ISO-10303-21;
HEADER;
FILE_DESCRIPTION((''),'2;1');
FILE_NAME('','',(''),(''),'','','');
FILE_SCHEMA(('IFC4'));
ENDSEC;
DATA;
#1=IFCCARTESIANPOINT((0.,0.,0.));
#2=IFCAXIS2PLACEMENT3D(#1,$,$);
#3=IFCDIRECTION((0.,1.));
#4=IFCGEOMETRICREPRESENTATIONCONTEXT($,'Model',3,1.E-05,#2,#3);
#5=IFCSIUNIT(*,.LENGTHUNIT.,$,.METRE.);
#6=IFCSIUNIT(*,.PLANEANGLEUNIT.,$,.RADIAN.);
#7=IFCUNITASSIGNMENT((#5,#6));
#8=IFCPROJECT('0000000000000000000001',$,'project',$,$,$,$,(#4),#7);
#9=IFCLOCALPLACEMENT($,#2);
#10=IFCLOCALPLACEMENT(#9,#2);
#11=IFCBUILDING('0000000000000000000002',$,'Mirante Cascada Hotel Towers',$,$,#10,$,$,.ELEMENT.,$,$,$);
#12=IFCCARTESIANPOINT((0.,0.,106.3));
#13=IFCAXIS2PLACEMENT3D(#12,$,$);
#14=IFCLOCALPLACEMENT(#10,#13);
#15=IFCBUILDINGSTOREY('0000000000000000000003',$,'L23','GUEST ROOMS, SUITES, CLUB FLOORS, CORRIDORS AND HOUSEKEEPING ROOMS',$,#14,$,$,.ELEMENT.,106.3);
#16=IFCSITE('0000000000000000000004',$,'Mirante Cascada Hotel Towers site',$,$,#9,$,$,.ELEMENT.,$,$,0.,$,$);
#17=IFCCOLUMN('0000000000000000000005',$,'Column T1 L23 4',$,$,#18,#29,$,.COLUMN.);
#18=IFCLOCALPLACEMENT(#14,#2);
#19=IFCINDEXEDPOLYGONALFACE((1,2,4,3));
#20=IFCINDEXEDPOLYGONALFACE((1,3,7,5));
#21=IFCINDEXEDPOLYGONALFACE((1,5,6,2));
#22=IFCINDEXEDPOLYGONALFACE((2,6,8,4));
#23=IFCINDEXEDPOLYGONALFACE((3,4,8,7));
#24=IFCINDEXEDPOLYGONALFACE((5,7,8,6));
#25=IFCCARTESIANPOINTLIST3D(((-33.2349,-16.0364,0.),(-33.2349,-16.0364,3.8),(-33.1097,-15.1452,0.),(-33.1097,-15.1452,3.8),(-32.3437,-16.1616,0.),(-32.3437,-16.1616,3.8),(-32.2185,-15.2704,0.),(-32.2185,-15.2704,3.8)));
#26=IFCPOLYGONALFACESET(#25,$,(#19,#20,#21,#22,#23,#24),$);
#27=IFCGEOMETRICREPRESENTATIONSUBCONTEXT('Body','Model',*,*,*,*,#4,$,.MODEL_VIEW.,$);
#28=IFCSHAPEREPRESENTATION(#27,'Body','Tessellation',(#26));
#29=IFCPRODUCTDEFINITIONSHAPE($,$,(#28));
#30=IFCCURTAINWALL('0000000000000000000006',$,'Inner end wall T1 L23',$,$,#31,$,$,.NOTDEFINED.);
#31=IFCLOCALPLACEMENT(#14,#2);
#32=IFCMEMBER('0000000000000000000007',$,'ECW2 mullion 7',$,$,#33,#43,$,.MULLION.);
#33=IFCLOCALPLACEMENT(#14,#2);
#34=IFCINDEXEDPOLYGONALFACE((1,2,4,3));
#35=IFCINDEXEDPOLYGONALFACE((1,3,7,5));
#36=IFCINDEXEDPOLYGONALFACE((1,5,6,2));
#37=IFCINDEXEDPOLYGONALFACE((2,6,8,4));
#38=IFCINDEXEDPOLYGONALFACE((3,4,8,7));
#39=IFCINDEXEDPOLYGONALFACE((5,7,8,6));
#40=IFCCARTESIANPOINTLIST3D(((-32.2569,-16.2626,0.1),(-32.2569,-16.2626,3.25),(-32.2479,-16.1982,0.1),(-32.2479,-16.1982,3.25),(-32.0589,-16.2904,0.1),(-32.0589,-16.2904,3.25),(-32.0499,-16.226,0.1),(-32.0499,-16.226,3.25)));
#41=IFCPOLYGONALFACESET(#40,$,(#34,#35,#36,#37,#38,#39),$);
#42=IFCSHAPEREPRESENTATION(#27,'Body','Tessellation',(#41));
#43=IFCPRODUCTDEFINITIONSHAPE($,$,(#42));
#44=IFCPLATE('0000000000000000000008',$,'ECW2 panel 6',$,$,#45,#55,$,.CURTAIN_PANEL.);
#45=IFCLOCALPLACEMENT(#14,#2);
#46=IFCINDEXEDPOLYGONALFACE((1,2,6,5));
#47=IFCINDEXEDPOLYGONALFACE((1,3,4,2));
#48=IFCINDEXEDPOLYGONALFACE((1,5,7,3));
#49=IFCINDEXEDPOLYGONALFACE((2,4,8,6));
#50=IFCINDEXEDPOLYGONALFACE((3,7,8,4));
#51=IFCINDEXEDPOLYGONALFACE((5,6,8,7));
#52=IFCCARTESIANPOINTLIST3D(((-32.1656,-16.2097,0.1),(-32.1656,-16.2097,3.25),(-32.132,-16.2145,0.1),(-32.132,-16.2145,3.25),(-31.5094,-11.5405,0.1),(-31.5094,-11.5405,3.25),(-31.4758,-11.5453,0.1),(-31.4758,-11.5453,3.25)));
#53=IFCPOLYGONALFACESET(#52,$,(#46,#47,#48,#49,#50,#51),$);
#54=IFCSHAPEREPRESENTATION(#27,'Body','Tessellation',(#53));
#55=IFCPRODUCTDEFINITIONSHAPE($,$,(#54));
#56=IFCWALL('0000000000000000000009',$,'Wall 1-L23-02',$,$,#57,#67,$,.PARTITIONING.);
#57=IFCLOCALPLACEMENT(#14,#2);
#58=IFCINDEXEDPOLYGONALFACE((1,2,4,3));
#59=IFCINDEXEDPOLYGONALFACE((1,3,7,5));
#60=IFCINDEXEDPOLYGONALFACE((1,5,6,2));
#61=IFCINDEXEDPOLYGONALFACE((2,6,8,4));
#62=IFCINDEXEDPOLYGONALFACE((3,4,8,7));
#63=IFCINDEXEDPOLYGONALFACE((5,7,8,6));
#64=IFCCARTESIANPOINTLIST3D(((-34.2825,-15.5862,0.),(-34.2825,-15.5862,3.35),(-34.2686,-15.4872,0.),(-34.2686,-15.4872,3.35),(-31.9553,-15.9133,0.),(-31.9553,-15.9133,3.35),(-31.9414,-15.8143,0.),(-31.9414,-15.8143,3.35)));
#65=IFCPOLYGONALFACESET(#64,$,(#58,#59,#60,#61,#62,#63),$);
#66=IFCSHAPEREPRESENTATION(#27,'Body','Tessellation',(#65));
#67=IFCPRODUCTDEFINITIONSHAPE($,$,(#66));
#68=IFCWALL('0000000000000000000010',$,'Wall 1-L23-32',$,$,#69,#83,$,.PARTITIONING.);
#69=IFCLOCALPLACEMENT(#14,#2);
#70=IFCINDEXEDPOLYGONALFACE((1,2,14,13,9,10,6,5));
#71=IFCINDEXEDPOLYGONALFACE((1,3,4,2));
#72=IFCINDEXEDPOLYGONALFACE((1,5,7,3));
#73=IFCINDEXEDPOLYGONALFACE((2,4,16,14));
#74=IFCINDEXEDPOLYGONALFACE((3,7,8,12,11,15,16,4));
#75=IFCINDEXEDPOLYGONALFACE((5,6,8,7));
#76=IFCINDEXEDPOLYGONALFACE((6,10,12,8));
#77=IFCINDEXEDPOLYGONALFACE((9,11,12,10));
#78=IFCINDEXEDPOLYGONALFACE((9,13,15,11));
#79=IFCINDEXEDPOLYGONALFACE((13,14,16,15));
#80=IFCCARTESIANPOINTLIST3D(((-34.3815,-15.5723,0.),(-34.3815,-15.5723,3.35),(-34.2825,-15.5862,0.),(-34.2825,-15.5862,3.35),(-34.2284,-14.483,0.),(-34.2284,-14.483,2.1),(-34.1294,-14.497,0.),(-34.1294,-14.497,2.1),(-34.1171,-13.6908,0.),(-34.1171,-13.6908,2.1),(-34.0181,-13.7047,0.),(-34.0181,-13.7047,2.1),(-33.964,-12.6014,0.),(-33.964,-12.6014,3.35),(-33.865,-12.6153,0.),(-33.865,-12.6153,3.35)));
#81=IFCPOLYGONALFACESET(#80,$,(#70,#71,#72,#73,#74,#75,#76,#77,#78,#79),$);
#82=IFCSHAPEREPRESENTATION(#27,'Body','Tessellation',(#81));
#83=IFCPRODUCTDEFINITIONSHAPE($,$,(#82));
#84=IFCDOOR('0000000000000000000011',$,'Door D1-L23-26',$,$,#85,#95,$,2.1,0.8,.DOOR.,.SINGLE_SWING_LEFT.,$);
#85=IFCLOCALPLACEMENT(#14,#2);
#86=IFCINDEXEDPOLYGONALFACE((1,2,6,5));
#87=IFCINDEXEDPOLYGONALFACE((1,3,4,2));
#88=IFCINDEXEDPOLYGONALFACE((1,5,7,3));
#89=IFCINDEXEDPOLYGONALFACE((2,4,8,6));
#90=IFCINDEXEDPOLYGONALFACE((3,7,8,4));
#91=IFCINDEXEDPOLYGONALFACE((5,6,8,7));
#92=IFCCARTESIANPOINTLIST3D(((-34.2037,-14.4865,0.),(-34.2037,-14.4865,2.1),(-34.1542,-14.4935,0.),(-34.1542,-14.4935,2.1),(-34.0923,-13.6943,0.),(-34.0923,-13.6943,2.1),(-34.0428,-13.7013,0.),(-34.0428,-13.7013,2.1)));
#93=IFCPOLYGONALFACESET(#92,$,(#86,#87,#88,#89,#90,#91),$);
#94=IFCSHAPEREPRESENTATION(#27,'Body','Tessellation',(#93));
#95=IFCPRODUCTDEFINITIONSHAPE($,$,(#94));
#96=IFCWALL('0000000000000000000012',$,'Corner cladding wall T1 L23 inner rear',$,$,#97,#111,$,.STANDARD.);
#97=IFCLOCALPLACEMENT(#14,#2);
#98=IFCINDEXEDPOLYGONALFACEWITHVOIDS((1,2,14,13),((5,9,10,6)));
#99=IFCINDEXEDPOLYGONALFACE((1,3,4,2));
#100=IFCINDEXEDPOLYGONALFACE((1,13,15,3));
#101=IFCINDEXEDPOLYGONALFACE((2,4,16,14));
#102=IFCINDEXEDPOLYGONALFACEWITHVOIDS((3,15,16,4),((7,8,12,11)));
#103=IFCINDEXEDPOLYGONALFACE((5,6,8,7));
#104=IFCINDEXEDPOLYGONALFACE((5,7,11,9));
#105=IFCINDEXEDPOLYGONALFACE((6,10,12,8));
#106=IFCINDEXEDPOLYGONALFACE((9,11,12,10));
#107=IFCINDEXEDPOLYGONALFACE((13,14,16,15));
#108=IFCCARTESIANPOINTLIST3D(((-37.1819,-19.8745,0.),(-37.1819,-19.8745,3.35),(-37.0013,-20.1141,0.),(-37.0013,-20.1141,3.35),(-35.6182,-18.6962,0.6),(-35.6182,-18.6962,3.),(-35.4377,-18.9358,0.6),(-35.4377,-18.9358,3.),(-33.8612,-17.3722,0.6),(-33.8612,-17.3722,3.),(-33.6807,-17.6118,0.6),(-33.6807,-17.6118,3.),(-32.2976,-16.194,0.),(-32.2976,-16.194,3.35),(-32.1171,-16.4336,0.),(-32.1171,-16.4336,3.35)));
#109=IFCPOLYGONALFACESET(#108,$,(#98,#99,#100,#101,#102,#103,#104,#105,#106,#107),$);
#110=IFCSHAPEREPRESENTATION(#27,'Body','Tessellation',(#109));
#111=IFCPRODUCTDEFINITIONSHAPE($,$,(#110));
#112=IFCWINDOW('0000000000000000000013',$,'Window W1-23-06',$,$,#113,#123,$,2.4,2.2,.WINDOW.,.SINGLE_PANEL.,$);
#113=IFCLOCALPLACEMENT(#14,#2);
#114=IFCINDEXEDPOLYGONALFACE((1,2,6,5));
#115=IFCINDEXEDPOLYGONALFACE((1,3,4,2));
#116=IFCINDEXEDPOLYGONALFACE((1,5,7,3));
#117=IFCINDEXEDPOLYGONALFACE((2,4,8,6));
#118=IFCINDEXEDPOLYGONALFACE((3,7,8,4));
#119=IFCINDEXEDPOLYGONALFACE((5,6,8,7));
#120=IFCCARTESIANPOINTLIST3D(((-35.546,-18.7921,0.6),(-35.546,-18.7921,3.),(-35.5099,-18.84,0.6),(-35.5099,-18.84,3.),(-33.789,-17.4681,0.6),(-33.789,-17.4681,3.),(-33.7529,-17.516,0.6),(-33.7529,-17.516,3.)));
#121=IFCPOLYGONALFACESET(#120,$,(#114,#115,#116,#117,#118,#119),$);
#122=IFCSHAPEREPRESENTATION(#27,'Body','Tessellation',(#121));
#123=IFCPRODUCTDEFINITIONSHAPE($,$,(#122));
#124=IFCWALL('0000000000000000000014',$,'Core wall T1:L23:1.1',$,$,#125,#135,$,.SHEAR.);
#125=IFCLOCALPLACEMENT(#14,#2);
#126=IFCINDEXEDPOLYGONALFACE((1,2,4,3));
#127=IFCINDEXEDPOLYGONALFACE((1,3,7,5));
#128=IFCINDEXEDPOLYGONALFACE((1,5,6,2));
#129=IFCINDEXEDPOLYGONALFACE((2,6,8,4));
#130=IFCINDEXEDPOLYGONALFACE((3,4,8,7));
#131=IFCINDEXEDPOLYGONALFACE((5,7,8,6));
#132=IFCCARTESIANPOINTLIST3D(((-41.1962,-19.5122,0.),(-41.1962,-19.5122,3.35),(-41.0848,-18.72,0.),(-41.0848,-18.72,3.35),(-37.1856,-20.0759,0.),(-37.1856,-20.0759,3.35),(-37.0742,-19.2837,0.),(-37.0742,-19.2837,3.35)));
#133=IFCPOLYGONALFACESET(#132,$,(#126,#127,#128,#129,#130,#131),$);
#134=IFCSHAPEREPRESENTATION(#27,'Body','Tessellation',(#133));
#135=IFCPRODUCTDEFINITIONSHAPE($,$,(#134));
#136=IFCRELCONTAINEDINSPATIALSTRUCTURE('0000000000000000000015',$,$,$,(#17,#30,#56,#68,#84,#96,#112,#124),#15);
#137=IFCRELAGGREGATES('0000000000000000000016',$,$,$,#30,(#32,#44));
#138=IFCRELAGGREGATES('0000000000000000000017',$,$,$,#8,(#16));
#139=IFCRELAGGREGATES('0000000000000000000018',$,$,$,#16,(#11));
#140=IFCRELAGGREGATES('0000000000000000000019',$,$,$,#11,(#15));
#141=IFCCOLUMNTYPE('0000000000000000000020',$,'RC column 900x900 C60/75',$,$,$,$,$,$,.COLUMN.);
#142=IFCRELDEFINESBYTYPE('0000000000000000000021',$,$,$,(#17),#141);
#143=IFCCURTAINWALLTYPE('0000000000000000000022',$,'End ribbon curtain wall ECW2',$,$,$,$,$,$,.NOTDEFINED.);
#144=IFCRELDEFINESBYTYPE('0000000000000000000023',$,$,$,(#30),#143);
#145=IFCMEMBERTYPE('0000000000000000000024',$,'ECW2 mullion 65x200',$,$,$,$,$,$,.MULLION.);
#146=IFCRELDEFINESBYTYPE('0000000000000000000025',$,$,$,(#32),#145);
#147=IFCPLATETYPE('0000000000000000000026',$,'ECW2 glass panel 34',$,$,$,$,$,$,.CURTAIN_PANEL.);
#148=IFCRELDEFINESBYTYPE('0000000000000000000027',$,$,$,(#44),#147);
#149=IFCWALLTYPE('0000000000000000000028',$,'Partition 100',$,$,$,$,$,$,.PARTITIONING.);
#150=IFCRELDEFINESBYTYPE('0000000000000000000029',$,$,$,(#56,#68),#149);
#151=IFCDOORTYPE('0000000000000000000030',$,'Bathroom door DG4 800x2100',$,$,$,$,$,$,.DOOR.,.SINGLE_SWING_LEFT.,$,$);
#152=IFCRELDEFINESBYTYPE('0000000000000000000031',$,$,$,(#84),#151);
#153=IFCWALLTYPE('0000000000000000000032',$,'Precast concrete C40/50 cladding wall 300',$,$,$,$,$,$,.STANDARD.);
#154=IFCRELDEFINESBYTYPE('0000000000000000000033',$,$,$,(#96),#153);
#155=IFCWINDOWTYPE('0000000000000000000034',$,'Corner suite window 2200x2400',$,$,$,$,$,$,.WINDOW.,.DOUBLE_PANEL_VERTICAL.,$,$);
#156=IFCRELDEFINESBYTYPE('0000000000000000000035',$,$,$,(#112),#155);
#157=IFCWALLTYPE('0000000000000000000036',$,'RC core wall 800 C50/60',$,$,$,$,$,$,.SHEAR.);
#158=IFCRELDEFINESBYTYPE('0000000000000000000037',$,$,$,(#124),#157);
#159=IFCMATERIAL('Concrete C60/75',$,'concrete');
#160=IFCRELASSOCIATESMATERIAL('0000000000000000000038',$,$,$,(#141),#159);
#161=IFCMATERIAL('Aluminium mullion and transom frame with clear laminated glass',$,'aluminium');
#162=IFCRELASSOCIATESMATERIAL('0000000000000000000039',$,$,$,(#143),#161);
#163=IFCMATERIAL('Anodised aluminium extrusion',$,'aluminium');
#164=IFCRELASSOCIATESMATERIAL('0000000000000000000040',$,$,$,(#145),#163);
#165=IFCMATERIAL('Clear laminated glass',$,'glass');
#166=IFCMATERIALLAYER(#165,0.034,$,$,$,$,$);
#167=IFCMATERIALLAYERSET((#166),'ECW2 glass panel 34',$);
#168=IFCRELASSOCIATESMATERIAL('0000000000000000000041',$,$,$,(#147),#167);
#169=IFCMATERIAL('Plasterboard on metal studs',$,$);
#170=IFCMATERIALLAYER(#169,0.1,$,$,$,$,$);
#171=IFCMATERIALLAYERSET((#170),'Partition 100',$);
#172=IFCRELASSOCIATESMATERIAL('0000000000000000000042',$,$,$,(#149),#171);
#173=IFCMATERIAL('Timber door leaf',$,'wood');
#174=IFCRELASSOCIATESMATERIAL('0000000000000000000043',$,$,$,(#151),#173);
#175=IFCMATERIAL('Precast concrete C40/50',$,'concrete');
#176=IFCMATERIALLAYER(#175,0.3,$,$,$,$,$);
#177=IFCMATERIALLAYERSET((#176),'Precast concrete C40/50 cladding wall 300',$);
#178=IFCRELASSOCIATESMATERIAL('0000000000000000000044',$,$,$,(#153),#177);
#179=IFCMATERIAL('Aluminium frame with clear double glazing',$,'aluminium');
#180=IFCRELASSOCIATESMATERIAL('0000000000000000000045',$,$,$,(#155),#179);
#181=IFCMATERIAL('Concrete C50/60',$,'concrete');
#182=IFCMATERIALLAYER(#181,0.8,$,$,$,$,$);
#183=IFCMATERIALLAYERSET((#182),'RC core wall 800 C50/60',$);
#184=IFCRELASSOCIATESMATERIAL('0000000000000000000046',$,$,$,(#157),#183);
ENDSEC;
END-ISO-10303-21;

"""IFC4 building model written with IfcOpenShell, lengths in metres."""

from ifc_helpers import new_model, si_unit, direction, frame, frame_2d, origin, origin_2d, place, context, subcontext, project, spatial, rectangle, extrude, material, layer, layer_set, material_profile, profile_set, type_object, element, fill, aggregate, save


model = new_model("IFC4")

# Units and contexts
model_context = context("Model", 3, precision=1e-05, world=origin(), true_north=direction((0.0, 1.0)))
body_context = subcontext(model_context, "Body", "Model", "MODEL_VIEW")
ifc_project = project(units=[si_unit("LENGTHUNIT", "METRE"), si_unit("PLANEANGLEUNIT", "RADIAN")], contexts=[model_context])

# Site, building, storey
site_placement = place(None, origin())
site = spatial("IfcSite", under=ifc_project, at=site_placement, Name="Mirante Cascada Hotel Towers site", CompositionType="ELEMENT", RefElevation=0.0)
building_placement = place(site_placement, origin())
building = spatial("IfcBuilding", under=site, at=building_placement, Name="Mirante Cascada Hotel Towers", CompositionType="ELEMENT")
storey_placement = place(building_placement, frame((0.0, 0.0, 106.3)))
storey = spatial("IfcBuildingStorey", under=building, at=storey_placement, Name="L23", Description="GUEST ROOMS, SUITES, CLUB FLOORS, CORRIDORS AND HOUSEKEEPING ROOMS", CompositionType="ELEMENT", Elevation=106.3)

# Column
ifc_material_1 = material(Name="Concrete C60/75", Category="concrete")
ifc_material_profile_1 = material_profile(ifc_material_1, rectangle(XDim=0.9, YDim=0.9, at=origin_2d()), Name="RC column 900x900 C60/75")
ifc_profile_set_1 = profile_set([ifc_material_profile_1], Name="Concrete C60/75")
column_type = type_object("IfcColumnType", Name="RC column 900x900 C60/75", PredefinedType="COLUMN", material=ifc_profile_set_1)
column_placement = place(storey_placement, frame((-32.7267, -15.6534, 0.0), z_axis=(0.0, 0.0, 1.0), x_axis=(-0.990268, 0.139173, 0.0)))
element("IfcColumn", 1, at=column_placement, inside=storey, type_object=column_type, Name="Column T1 L23 4", PredefinedType="COLUMN", context=body_context, shape_type="SweptSolid", body=[
    extrude(rectangle(XDim=0.9, YDim=0.9, at=origin_2d()), origin(), (0.0, 0.0, 1.0), 3.8),
])

# Curtain wall, member, plate
ifc_material_2 = material(Name="Aluminium mullion and transom frame with clear laminated glass", Category="aluminium")
curtain_wall_type = type_object("IfcCurtainWallType", Name="End ribbon curtain wall ECW2", PredefinedType="NOTDEFINED", material=ifc_material_2)
curtain_wall_placement = place(storey_placement, origin())
curtain_wall = element("IfcCurtainWall", 2, at=curtain_wall_placement, inside=storey, type_object=curtain_wall_type, Name="Inner end wall T1 L23", PredefinedType="NOTDEFINED")
ifc_material_3 = material(Name="Anodised aluminium extrusion", Category="aluminium")
ifc_material_profile_2 = material_profile(ifc_material_3, rectangle(XDim=0.2, YDim=0.065, at=origin_2d()), Name="ECW2 MULLION 65x200")
ifc_profile_set_2 = profile_set([ifc_material_profile_2], Name="Anodised aluminium extrusion")
member_type = type_object("IfcMemberType", Name="ECW2 mullion 65x200", PredefinedType="MULLION", material=ifc_profile_set_2)
member_placement = place(storey_placement, frame((-32.1534, -16.2443, 0.1), z_axis=(0.0, 0.0, 1.0), x_axis=(0.990268, -0.139173, 0.0)))
member = element("IfcMember", 3, at=member_placement, type_object=member_type, Name="ECW2 mullion 7", PredefinedType="MULLION", context=body_context, shape_type="SweptSolid", body=[
    extrude(rectangle(XDim=0.2, YDim=0.065, at=origin_2d()), origin(), (0.0, 0.0, 1.0), 3.15),
])
ifc_material_4 = material(Name="Clear laminated glass", Category="glass")
ifc_layer_1 = layer(ifc_material_4, 0.034)
ifc_layer_set_1 = layer_set([ifc_layer_1], Name="ECW2 glass panel 34")
plate_type = type_object("IfcPlateType", Name="ECW2 glass panel 34", PredefinedType="CURTAIN_PANEL", material=ifc_layer_set_1)
plate_placement = place(storey_placement, frame((-31.8207, -13.8775, 0.1), z_axis=(0.0, 0.0, 1.0), x_axis=(-0.139173, -0.990268, 0.0)))
plate = element("IfcPlate", 4, at=plate_placement, type_object=plate_type, Name="ECW2 panel 6", PredefinedType="CURTAIN_PANEL", context=body_context, shape_type="SweptSolid", body=[
    extrude(rectangle(XDim=4.7151, YDim=0.034, at=origin_2d()), origin(), (0.0, 0.0, 1.0), 3.15),
])
aggregate(curtain_wall, [member, plate])

# Wall
ifc_material_5 = material(Name="Plasterboard on metal studs")
ifc_layer_2 = layer(ifc_material_5, 0.1)
ifc_layer_set_2 = layer_set([ifc_layer_2], Name="Partition 100")
wall_type_1 = type_object("IfcWallType", Name="Partition 100", PredefinedType="PARTITIONING", material=ifc_layer_set_2)
wall_1_placement = place(storey_placement, frame((-31.9484, -15.8638, 0.0), z_axis=(0.0, 0.0, 1.0), x_axis=(-0.990266, 0.139187, 0.0)))
element("IfcWall", 5, at=wall_1_placement, inside=storey, type_object=wall_type_1, Name="Wall 1-L23-02", PredefinedType="PARTITIONING", context=body_context, shape_type="SweptSolid", body=[
    extrude(rectangle(XDim=2.3501, YDim=0.1, at=frame_2d((1.175, 0.0))), origin(), (0.0, 0.0, 1.0), 3.35),
])

# Wall, opening, door
wall_2_placement = place(storey_placement, frame((-34.332, -15.5793, 0.0), z_axis=(0.0, 0.0, 1.0), x_axis=(0.139162, 0.99027, 0.0)))
wall_2 = element("IfcWall", 6, at=wall_2_placement, inside=storey, type_object=wall_type_1, Name="Wall 1-L23-32", PredefinedType="PARTITIONING", context=body_context, shape_type="SweptSolid", body=[
    extrude(rectangle(XDim=3.0001, YDim=0.1, at=frame_2d((1.5001, 0.0))), origin(), (0.0, 0.0, 1.0), 3.35),
])
opening_1_placement = place(wall_2_placement, frame((1.1, 0.0, 0.0)))
opening_1 = element("IfcOpeningElement", 7, at=opening_1_placement, cuts=wall_2, PredefinedType="OPENING", context=body_context, shape_type="SweptSolid", body=[
    extrude(rectangle(XDim=0.8, YDim=2.1, at=frame_2d((0.4, 1.05))), frame((0.0, 0.05, 0.0), z_axis=(0.0, -1.0, 0.0), x_axis=(1.0, 0.0, 0.0)), (0.0, 0.0, 1.0), 0.1),
])
ifc_material_6 = material(Name="Timber door leaf", Category="wood")
door_type = type_object("IfcDoorType", Name="Bathroom door DG4 800x2100", OperationType="SINGLE_SWING_LEFT", PredefinedType="DOOR", material=ifc_material_6)
door_placement = place(opening_1_placement, origin())
door = element("IfcDoor", 8, at=door_placement, inside=storey, type_object=door_type, Name="Door D1-L23-26", OperationType="SINGLE_SWING_LEFT", OverallHeight=2.1, OverallWidth=0.8, PredefinedType="DOOR", context=body_context, shape_type="SweptSolid", body=[
    extrude(rectangle(XDim=0.8, YDim=2.1, at=frame_2d((0.4, 1.05))), frame((0.0, 0.025, 0.0), z_axis=(0.0, -1.0, 0.0), x_axis=(1.0, 0.0, 0.0)), (0.0, 0.0, 1.0), 0.05),
])
fill(opening_1, door)

# Wall, opening, window
ifc_material_7 = material(Name="Precast concrete C40/50", Category="concrete")
ifc_layer_3 = layer(ifc_material_7, 0.3)
ifc_layer_set_3 = layer_set([ifc_layer_3], Name="Precast concrete C40/50 cladding wall 300")
wall_type_2 = type_object("IfcWallType", Name="Precast concrete C40/50 cladding wall 300", PredefinedType="STANDARD", material=ifc_layer_set_3)
wall_3_placement = place(storey_placement, frame((-32.2074, -16.3138, 0.0), z_axis=(0.0, 0.0, 1.0), x_axis=(-0.798636, -0.601814, 0.0)))
wall_3 = element("IfcWall", 9, at=wall_3_placement, inside=storey, type_object=wall_type_2, Name="Corner cladding wall T1 L23 inner rear", PredefinedType="STANDARD", context=body_context, shape_type="SweptSolid", body=[
    extrude(rectangle(XDim=6.1157, YDim=0.3, at=frame_2d((3.0578, 0.0))), origin(), (0.0, 0.0, 1.0), 3.35),
])
opening_2_placement = place(wall_3_placement, frame((1.9578, 0.0, 0.6)))
opening_2 = element("IfcOpeningElement", 10, at=opening_2_placement, cuts=wall_3, PredefinedType="OPENING", context=body_context, shape_type="SweptSolid", body=[
    extrude(rectangle(XDim=2.2, YDim=2.4, at=frame_2d((1.1, 1.2))), frame((0.0, 0.15, 0.0), z_axis=(0.0, -1.0, 0.0), x_axis=(1.0, 0.0, 0.0)), (0.0, 0.0, 1.0), 0.3),
])
ifc_material_8 = material(Name="Aluminium frame with clear double glazing", Category="aluminium")
window_type = type_object("IfcWindowType", Name="Corner suite window 2200x2400", PartitioningType="DOUBLE_PANEL_VERTICAL", PredefinedType="WINDOW", material=ifc_material_8)
window_placement = place(opening_2_placement, origin())
window = element("IfcWindow", 11, at=window_placement, inside=storey, type_object=window_type, Name="Window W1-23-06", OverallHeight=2.4, OverallWidth=2.2, PartitioningType="SINGLE_PANEL", PredefinedType="WINDOW", context=body_context, shape_type="SweptSolid", body=[
    extrude(rectangle(XDim=2.2, YDim=2.4, at=frame_2d((1.1, 1.2))), frame((0.0, 0.03, 0.0), z_axis=(0.0, -1.0, 0.0), x_axis=(1.0, 0.0, 0.0)), (0.0, 0.0, 1.0), 0.06),
])
fill(opening_2, window)

# Wall
ifc_material_9 = material(Name="Concrete C50/60", Category="concrete")
ifc_layer_4 = layer(ifc_material_9, 0.8)
ifc_layer_set_4 = layer_set([ifc_layer_4], Name="RC core wall 800 C50/60")
wall_type_3 = type_object("IfcWallType", Name="RC core wall 800 C50/60", PredefinedType="SHEAR", material=ifc_layer_set_4)
wall_4_placement = place(storey_placement, frame((-37.1299, -19.6798, 0.0), z_axis=(0.0, 0.0, 1.0), x_axis=(-0.990267, 0.139184, 0.0)))
element("IfcWall", 12, at=wall_4_placement, inside=storey, type_object=wall_type_3, Name="Core wall T1:L23:1.1", PredefinedType="SHEAR", context=body_context, shape_type="SweptSolid", body=[
    extrude(rectangle(XDim=4.05, YDim=0.8, at=frame_2d((2.025, 0.0))), origin(), (0.0, 0.0, 1.0), 3.35),
])

save(model, "model.ifc")
